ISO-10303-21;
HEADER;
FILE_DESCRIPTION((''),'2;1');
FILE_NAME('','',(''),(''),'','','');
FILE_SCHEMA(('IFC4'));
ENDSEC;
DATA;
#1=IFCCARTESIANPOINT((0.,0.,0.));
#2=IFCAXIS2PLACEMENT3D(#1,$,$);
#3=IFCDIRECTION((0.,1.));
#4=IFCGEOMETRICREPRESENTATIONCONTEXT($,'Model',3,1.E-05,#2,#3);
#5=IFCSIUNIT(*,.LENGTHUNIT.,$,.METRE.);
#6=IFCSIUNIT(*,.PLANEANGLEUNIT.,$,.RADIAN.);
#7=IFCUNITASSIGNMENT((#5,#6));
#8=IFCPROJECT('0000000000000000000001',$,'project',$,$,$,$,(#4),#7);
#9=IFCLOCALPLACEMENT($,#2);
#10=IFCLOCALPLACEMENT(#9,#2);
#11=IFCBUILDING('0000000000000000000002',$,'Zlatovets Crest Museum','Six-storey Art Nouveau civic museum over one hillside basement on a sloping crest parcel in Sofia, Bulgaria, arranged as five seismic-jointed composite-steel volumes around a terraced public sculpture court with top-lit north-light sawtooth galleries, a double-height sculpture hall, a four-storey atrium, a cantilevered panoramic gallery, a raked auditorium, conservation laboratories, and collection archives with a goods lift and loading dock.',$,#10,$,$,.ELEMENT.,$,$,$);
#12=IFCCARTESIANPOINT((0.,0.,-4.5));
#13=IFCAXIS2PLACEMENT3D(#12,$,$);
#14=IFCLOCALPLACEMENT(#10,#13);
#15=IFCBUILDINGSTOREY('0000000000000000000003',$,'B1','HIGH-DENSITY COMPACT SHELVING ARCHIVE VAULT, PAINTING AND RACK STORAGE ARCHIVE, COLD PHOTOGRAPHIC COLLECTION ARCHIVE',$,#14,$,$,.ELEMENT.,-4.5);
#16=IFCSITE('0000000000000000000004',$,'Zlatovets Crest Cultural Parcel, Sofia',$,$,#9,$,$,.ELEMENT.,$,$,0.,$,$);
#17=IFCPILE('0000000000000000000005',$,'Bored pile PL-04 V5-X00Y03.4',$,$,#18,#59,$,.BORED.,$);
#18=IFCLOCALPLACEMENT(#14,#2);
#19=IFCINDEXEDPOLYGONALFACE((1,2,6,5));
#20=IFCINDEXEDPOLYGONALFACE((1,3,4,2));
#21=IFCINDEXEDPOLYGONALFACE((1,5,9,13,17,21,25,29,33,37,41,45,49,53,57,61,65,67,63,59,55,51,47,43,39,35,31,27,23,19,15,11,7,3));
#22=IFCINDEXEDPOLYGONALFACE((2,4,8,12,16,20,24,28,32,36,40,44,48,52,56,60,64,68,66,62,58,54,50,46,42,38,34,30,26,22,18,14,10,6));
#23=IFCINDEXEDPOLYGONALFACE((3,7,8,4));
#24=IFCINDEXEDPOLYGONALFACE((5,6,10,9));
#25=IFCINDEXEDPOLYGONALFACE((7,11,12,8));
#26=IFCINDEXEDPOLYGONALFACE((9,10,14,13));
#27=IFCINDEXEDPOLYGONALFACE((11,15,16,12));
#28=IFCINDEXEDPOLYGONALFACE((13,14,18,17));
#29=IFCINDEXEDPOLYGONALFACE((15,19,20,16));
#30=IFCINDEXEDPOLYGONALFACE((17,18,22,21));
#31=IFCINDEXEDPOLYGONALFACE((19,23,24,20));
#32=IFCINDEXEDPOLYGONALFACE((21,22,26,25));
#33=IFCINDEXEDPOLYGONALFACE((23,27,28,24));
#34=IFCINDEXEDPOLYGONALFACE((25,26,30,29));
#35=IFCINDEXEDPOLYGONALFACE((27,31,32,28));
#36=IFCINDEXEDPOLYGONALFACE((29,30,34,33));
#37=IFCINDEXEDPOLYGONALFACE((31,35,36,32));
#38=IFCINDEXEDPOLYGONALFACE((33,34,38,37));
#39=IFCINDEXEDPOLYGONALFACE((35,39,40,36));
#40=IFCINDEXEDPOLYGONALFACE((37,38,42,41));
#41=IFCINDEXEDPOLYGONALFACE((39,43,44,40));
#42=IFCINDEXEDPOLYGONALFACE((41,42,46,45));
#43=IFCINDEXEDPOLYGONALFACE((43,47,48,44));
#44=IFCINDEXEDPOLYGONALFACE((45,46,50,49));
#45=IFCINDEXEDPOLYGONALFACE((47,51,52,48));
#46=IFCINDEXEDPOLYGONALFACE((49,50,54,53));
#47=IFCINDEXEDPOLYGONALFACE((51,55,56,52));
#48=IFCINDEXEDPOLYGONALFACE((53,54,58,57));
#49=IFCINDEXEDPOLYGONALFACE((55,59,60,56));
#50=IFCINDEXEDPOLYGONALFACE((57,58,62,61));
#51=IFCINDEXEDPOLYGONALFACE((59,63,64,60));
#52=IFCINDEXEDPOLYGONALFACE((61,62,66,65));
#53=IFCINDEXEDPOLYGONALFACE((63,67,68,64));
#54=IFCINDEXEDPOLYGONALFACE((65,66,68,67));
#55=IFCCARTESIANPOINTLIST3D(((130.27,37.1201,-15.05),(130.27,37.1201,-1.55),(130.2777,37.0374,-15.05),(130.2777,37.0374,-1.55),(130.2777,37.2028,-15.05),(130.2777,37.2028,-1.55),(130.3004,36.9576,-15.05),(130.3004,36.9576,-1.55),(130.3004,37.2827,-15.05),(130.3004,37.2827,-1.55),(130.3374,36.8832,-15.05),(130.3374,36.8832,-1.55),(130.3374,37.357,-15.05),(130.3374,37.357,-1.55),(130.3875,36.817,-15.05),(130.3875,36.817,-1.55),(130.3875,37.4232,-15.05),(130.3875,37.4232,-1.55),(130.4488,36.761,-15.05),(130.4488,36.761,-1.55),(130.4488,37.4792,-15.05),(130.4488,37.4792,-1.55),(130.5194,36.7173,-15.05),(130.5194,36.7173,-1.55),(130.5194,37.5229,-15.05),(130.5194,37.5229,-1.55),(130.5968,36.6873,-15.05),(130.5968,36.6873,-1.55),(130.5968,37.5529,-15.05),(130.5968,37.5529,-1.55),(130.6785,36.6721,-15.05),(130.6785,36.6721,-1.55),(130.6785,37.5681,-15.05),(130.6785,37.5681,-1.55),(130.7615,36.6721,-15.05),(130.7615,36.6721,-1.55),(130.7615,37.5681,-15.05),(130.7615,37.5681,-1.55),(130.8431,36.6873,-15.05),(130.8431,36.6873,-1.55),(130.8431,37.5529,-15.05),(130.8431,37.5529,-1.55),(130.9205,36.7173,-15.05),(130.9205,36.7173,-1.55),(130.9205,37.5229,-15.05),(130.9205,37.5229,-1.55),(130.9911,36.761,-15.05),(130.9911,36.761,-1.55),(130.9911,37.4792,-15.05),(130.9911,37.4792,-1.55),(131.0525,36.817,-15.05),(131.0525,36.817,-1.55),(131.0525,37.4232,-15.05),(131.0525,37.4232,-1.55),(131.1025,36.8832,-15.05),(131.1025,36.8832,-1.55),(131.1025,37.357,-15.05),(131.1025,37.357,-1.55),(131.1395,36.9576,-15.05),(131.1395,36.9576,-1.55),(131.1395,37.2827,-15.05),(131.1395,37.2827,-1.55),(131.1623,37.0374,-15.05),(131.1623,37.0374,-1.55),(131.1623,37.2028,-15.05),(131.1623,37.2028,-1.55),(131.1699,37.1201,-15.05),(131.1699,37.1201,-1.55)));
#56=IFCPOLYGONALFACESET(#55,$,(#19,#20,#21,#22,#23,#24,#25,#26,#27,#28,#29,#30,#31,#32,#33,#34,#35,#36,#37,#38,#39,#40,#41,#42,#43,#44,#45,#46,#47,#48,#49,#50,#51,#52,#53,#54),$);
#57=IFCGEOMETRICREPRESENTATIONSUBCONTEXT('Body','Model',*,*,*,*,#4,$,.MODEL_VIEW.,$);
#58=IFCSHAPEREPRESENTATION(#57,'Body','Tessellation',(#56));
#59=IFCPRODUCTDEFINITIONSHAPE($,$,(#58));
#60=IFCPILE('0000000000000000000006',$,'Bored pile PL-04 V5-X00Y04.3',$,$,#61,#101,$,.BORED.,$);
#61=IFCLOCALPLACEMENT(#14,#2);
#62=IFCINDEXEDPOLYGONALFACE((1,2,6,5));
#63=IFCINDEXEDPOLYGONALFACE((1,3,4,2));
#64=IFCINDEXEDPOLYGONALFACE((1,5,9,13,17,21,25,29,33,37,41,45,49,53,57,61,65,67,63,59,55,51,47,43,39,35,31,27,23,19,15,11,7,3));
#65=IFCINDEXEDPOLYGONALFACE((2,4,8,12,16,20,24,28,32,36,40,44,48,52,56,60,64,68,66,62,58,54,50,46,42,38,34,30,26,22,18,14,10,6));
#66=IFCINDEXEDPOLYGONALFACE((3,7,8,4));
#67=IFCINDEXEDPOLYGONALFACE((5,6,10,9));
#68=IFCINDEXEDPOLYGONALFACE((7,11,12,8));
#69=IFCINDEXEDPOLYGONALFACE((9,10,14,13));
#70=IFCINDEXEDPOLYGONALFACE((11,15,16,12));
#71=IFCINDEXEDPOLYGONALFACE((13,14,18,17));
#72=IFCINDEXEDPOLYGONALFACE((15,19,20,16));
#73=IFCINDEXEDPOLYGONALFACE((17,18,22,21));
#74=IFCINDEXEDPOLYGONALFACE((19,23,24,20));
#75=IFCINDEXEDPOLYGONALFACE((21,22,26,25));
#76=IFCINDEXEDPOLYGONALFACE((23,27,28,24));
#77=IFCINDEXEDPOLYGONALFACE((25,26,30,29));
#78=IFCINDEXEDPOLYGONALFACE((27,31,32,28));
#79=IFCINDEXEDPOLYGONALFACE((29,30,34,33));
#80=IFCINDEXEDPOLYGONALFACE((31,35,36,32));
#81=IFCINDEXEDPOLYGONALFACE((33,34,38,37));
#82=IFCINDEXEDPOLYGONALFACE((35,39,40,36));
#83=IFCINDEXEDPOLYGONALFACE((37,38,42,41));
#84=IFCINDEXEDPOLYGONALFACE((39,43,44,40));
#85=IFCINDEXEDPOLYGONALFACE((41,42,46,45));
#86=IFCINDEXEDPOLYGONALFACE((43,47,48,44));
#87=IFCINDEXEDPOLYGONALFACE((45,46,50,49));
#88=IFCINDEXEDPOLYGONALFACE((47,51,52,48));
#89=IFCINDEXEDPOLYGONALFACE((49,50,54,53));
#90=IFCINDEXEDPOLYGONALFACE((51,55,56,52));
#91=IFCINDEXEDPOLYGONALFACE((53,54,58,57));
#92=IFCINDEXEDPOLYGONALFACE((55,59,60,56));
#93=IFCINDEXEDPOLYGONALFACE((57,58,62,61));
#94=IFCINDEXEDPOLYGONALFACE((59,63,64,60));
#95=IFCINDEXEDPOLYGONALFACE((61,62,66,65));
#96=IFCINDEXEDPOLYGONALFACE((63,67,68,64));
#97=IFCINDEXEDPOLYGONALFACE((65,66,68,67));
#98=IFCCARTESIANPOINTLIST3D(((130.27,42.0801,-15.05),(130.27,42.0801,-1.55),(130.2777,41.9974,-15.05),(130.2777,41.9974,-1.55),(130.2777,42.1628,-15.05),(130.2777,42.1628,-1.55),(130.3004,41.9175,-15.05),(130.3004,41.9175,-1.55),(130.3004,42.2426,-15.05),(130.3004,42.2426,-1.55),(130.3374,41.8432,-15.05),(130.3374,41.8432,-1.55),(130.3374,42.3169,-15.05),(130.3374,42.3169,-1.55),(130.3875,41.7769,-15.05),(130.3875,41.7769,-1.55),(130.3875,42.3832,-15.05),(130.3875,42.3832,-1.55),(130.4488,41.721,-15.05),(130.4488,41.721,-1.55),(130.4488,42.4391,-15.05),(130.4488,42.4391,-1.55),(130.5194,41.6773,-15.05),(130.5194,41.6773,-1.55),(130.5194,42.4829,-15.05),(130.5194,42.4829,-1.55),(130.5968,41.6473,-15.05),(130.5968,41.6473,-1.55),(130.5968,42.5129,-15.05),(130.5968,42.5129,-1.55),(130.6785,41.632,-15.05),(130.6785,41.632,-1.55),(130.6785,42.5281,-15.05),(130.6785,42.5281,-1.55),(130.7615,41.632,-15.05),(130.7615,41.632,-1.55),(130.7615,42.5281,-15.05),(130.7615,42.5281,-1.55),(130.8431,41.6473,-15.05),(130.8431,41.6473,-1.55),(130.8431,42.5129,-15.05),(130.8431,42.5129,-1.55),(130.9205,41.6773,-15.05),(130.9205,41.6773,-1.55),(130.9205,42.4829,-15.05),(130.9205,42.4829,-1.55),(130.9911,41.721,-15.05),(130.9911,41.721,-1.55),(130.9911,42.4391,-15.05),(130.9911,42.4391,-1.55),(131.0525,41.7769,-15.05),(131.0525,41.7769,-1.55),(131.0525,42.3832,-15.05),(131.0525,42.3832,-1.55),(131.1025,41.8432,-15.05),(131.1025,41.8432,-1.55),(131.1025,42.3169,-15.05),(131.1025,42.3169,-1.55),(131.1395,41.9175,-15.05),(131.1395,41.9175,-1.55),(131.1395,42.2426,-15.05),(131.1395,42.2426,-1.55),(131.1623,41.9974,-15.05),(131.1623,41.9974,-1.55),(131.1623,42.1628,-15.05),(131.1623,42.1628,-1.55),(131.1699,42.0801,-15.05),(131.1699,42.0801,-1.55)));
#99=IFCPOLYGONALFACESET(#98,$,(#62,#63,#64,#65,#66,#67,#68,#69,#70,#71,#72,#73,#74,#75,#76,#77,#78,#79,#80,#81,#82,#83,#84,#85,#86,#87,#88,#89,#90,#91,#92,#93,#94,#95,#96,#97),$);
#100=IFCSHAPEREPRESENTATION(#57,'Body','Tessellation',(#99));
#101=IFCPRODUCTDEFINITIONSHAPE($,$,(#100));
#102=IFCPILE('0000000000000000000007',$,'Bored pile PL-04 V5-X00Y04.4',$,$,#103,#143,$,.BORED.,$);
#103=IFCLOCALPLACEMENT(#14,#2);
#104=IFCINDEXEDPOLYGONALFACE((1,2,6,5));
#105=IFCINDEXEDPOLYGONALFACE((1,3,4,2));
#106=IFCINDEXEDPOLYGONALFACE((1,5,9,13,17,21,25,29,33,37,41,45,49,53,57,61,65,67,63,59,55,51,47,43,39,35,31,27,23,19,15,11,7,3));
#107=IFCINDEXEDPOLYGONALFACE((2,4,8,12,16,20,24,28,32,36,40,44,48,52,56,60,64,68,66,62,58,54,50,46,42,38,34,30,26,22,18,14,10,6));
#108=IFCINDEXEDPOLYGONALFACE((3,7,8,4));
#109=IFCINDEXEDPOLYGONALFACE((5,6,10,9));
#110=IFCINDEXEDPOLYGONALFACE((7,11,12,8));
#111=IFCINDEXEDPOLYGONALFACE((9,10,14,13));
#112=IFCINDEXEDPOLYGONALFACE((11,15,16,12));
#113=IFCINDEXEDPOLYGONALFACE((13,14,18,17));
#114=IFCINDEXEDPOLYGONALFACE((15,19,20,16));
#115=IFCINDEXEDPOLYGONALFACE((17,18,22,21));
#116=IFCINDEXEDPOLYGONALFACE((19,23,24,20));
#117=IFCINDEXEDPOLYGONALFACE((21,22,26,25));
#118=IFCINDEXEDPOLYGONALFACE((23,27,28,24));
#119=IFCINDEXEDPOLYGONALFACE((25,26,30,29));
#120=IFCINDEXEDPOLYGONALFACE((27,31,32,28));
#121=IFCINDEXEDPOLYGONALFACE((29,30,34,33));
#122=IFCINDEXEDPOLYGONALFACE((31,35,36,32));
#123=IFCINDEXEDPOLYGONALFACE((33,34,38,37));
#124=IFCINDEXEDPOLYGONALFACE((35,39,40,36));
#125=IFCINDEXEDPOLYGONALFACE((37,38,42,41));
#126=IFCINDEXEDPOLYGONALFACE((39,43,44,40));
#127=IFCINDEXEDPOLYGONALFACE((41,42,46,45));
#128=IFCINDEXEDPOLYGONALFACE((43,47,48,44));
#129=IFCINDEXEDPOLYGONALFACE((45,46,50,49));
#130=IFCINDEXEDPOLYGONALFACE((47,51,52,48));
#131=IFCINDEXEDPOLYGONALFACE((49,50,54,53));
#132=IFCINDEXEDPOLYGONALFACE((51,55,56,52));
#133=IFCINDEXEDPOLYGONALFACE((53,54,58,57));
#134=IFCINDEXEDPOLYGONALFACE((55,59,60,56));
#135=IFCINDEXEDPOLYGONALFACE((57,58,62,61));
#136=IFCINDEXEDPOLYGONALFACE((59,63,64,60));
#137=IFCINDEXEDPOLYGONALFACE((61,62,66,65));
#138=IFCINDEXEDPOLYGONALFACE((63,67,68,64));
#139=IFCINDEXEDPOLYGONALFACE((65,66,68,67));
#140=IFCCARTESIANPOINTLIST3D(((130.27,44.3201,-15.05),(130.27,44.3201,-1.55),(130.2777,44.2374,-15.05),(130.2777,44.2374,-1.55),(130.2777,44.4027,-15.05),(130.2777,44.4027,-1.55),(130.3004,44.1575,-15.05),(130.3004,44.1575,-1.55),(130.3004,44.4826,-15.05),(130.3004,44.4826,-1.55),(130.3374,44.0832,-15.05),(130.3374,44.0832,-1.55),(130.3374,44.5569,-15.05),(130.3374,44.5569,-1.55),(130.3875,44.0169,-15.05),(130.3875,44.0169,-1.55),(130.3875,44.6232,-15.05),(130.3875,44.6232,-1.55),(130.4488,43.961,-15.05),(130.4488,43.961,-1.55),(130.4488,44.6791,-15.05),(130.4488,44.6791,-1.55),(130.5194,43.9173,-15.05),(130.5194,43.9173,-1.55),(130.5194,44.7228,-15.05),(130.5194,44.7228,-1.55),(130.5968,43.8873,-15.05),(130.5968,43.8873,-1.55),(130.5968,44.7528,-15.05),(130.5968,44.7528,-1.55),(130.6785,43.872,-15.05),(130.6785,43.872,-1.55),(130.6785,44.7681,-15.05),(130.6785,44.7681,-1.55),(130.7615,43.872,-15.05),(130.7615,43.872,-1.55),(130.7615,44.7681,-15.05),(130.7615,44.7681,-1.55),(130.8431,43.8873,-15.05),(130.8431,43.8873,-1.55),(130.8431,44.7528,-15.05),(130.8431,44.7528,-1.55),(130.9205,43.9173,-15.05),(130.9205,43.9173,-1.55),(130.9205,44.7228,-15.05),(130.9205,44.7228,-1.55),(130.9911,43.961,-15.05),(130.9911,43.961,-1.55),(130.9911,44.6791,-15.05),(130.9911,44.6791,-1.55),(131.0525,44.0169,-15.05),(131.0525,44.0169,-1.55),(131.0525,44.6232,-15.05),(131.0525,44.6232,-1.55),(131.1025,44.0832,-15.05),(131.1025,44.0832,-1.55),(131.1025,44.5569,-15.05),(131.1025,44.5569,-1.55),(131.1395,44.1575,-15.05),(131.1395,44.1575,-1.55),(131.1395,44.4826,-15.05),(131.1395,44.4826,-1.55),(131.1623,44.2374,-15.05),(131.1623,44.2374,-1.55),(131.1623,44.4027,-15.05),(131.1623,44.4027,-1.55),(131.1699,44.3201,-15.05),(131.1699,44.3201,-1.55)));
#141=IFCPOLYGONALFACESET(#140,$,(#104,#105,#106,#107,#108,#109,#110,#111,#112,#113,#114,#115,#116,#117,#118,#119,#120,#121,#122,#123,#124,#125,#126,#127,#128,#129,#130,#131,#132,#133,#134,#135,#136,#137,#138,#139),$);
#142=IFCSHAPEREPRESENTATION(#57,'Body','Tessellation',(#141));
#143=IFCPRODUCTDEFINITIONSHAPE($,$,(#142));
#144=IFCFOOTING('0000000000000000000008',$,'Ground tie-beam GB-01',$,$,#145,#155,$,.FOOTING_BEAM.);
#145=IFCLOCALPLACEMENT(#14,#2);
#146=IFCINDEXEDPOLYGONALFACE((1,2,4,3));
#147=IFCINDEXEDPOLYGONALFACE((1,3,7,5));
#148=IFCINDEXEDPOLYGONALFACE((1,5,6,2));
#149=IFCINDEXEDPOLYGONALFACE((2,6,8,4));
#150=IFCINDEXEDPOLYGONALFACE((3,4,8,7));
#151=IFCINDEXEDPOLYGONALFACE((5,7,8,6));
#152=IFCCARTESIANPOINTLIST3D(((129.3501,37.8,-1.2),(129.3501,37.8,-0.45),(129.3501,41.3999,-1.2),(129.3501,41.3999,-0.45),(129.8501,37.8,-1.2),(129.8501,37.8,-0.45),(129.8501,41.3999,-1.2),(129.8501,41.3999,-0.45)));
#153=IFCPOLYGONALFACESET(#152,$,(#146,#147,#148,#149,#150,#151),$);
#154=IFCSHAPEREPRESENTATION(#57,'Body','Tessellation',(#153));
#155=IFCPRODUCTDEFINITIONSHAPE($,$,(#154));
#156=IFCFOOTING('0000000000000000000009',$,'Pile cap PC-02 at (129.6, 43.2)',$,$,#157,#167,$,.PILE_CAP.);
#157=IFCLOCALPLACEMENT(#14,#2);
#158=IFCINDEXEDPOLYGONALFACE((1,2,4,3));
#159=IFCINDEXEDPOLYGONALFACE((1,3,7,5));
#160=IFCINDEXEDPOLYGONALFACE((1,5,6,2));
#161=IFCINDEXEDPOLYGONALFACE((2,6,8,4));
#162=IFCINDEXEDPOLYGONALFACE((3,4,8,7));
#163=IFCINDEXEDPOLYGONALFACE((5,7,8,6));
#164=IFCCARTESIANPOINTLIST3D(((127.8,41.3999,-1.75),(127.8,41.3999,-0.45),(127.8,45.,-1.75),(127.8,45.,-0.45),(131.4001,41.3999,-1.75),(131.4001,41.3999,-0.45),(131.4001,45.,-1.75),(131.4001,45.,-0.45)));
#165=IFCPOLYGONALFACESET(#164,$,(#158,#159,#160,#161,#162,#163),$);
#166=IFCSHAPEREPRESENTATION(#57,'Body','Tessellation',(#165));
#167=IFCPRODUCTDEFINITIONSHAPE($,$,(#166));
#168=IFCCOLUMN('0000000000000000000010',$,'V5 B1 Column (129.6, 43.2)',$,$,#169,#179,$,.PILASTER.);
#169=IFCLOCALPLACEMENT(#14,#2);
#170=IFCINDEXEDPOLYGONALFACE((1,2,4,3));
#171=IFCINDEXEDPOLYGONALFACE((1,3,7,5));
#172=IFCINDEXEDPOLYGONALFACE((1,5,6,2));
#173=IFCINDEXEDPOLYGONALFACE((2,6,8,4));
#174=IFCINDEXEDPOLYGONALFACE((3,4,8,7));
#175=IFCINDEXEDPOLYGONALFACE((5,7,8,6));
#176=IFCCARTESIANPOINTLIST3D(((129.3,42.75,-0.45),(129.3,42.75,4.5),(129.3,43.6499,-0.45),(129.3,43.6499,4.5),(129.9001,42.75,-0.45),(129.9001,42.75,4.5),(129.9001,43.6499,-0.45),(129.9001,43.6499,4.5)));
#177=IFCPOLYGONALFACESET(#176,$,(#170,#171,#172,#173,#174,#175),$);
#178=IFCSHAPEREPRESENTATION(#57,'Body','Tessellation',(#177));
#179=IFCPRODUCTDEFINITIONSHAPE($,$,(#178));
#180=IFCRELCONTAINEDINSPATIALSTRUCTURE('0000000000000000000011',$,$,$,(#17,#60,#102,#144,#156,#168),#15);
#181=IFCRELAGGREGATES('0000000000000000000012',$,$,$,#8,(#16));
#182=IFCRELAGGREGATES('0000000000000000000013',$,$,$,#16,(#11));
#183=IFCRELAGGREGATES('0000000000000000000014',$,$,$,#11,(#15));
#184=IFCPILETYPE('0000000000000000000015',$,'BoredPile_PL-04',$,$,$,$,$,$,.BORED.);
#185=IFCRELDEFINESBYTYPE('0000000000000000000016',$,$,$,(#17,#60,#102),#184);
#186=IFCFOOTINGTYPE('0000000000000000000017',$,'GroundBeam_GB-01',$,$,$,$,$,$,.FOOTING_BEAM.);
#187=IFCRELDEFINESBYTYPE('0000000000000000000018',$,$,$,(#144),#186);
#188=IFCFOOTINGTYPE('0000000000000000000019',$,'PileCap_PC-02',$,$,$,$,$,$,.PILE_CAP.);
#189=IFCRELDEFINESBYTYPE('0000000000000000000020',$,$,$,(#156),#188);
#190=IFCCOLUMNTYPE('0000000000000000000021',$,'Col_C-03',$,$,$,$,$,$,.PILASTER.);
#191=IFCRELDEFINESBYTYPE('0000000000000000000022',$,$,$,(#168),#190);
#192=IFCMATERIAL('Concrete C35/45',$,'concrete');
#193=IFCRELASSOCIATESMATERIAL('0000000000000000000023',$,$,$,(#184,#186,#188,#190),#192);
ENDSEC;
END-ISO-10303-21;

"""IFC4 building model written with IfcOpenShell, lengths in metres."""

from ifc_helpers import new_model, si_unit, direction, frame, origin, origin_2d, place, context, subcontext, project, spatial, rectangle, circle, extrude, material, material_profile, profile_set, type_object, element, save


model = new_model("IFC4")

# Units and contexts
model_context = context("Model", 3, precision=1e-05, world=origin(), true_north=direction((0.0, 1.0)))
body_context = subcontext(model_context, "Body", "Model", "MODEL_VIEW")
ifc_project = project(units=[si_unit("LENGTHUNIT", "METRE"), si_unit("PLANEANGLEUNIT", "RADIAN")], contexts=[model_context])

# Site, building, storey
site_placement = place(None, origin())
site = spatial("IfcSite", under=ifc_project, at=site_placement, Name="Zlatovets Crest Cultural Parcel, Sofia", CompositionType="ELEMENT", RefElevation=0.0)
building_placement = place(site_placement, origin())
building = spatial("IfcBuilding", under=site, at=building_placement, Name="Zlatovets Crest Museum", Description="Six-storey Art Nouveau civic museum over one hillside basement on a sloping crest parcel in Sofia, Bulgaria, arranged as five seismic-jointed composite-steel volumes around a terraced public sculpture court with top-lit north-light sawtooth galleries, a double-height sculpture hall, a four-storey atrium, a cantilevered panoramic gallery, a raked auditorium, conservation laboratories, and collection archives with a goods lift and loading dock.", CompositionType="ELEMENT")
storey_placement = place(building_placement, frame((0.0, 0.0, -4.5)))
storey = spatial("IfcBuildingStorey", under=building, at=storey_placement, Name="B1", Description="HIGH-DENSITY COMPACT SHELVING ARCHIVE VAULT, PAINTING AND RACK STORAGE ARCHIVE, COLD PHOTOGRAPHIC COLLECTION ARCHIVE", CompositionType="ELEMENT", Elevation=-4.5)

# Piles
ifc_material_1 = material(Name="Concrete C35/45", Category="concrete")
ifc_material_profile_1 = material_profile(ifc_material_1, circle(Radius=0.45, at=origin_2d()), Name="PILE D900")
ifc_profile_set_1 = profile_set([ifc_material_profile_1], Name="Concrete C35/45")
pile_type = type_object("IfcPileType", Name="BoredPile_PL-04", PredefinedType="BORED", material=ifc_profile_set_1)
for number, where, z_axis, x_axis, name in (
    (1, (130.72, 37.1201, -1.55), (0.0, 0.0, -1.0), (1.0, 0.0, 0.0), "Bored pile PL-04 V5-X00Y03.4"),
    (2, (130.72, 42.0801, -1.55), (0.0, 0.0, -1.0), (1.0, 0.0, 0.0), "Bored pile PL-04 V5-X00Y04.3"),
    (3, (130.72, 44.3201, -1.55), (0.0, 0.0, -1.0), (1.0, 0.0, 0.0), "Bored pile PL-04 V5-X00Y04.4"),
):
    element("IfcPile", number, at=place(storey_placement, frame(where, z_axis=z_axis, x_axis=x_axis)), inside=storey, type_object=pile_type, Name=name, PredefinedType="BORED", context=body_context, shape_type="SweptSolid", body=[
        extrude(circle(Radius=0.45, at=origin_2d()), origin(), (0.0, 0.0, 1.0), 13.5),
    ])

# Footings
ifc_material_profile_2 = material_profile(ifc_material_1, rectangle(XDim=0.5, YDim=0.75, at=origin_2d()), Name="RC 500x750")
ifc_profile_set_2 = profile_set([ifc_material_profile_2], Name="Concrete C35/45")
footing_type_1 = type_object("IfcFootingType", Name="GroundBeam_GB-01", PredefinedType="FOOTING_BEAM", material=ifc_profile_set_2)
footing_1_placement = place(storey_placement, frame((129.6001, 37.8, -0.825), z_axis=(0.0, 1.0, 0.0), x_axis=(-1.0, 0.0, 0.0)))
element("IfcFooting", 4, at=footing_1_placement, inside=storey, type_object=footing_type_1, Name="Ground tie-beam GB-01", PredefinedType="FOOTING_BEAM", context=body_context, shape_type="SweptSolid", body=[
    extrude(rectangle(XDim=0.5, YDim=0.75, at=origin_2d()), origin(), (0.0, 0.0, 1.0), 3.5999),
])
footing_type_2 = type_object("IfcFootingType", Name="PileCap_PC-02", PredefinedType="PILE_CAP", material=ifc_material_1)
footing_2_placement = place(storey_placement, frame((129.6001, 43.2, -1.75), z_axis=(0.0, 0.0, 1.0), x_axis=(1.0, 0.0, 0.0)))
element("IfcFooting", 5, at=footing_2_placement, inside=storey, type_object=footing_type_2, Name="Pile cap PC-02 at (129.6, 43.2)", PredefinedType="PILE_CAP", context=body_context, shape_type="SweptSolid", body=[
    extrude(rectangle(XDim=3.6001, YDim=3.6001, at=origin_2d()), origin(), (0.0, 0.0, 1.0), 1.3),
])

# Column
ifc_material_profile_3 = material_profile(ifc_material_1, rectangle(XDim=0.6001, YDim=0.8999, at=origin_2d()), Name="RC 600x900")
ifc_profile_set_3 = profile_set([ifc_material_profile_3], Name="Concrete C35/45")
column_type = type_object("IfcColumnType", Name="Col_C-03", PredefinedType="PILASTER", material=ifc_profile_set_3)
column_placement = place(storey_placement, frame((129.6001, 43.2, -0.45), z_axis=(0.0, 0.0, 1.0), x_axis=(1.0, 0.0, 0.0)))
element("IfcColumn", 6, at=column_placement, inside=storey, type_object=column_type, Name="V5 B1 Column (129.6, 43.2)", PredefinedType="PILASTER", context=body_context, shape_type="SweptSolid", body=[
    extrude(rectangle(XDim=0.6001, YDim=0.8999, at=origin_2d()), origin(), (0.0, 0.0, 1.0), 4.95),
])

save(model, "model.ifc")
